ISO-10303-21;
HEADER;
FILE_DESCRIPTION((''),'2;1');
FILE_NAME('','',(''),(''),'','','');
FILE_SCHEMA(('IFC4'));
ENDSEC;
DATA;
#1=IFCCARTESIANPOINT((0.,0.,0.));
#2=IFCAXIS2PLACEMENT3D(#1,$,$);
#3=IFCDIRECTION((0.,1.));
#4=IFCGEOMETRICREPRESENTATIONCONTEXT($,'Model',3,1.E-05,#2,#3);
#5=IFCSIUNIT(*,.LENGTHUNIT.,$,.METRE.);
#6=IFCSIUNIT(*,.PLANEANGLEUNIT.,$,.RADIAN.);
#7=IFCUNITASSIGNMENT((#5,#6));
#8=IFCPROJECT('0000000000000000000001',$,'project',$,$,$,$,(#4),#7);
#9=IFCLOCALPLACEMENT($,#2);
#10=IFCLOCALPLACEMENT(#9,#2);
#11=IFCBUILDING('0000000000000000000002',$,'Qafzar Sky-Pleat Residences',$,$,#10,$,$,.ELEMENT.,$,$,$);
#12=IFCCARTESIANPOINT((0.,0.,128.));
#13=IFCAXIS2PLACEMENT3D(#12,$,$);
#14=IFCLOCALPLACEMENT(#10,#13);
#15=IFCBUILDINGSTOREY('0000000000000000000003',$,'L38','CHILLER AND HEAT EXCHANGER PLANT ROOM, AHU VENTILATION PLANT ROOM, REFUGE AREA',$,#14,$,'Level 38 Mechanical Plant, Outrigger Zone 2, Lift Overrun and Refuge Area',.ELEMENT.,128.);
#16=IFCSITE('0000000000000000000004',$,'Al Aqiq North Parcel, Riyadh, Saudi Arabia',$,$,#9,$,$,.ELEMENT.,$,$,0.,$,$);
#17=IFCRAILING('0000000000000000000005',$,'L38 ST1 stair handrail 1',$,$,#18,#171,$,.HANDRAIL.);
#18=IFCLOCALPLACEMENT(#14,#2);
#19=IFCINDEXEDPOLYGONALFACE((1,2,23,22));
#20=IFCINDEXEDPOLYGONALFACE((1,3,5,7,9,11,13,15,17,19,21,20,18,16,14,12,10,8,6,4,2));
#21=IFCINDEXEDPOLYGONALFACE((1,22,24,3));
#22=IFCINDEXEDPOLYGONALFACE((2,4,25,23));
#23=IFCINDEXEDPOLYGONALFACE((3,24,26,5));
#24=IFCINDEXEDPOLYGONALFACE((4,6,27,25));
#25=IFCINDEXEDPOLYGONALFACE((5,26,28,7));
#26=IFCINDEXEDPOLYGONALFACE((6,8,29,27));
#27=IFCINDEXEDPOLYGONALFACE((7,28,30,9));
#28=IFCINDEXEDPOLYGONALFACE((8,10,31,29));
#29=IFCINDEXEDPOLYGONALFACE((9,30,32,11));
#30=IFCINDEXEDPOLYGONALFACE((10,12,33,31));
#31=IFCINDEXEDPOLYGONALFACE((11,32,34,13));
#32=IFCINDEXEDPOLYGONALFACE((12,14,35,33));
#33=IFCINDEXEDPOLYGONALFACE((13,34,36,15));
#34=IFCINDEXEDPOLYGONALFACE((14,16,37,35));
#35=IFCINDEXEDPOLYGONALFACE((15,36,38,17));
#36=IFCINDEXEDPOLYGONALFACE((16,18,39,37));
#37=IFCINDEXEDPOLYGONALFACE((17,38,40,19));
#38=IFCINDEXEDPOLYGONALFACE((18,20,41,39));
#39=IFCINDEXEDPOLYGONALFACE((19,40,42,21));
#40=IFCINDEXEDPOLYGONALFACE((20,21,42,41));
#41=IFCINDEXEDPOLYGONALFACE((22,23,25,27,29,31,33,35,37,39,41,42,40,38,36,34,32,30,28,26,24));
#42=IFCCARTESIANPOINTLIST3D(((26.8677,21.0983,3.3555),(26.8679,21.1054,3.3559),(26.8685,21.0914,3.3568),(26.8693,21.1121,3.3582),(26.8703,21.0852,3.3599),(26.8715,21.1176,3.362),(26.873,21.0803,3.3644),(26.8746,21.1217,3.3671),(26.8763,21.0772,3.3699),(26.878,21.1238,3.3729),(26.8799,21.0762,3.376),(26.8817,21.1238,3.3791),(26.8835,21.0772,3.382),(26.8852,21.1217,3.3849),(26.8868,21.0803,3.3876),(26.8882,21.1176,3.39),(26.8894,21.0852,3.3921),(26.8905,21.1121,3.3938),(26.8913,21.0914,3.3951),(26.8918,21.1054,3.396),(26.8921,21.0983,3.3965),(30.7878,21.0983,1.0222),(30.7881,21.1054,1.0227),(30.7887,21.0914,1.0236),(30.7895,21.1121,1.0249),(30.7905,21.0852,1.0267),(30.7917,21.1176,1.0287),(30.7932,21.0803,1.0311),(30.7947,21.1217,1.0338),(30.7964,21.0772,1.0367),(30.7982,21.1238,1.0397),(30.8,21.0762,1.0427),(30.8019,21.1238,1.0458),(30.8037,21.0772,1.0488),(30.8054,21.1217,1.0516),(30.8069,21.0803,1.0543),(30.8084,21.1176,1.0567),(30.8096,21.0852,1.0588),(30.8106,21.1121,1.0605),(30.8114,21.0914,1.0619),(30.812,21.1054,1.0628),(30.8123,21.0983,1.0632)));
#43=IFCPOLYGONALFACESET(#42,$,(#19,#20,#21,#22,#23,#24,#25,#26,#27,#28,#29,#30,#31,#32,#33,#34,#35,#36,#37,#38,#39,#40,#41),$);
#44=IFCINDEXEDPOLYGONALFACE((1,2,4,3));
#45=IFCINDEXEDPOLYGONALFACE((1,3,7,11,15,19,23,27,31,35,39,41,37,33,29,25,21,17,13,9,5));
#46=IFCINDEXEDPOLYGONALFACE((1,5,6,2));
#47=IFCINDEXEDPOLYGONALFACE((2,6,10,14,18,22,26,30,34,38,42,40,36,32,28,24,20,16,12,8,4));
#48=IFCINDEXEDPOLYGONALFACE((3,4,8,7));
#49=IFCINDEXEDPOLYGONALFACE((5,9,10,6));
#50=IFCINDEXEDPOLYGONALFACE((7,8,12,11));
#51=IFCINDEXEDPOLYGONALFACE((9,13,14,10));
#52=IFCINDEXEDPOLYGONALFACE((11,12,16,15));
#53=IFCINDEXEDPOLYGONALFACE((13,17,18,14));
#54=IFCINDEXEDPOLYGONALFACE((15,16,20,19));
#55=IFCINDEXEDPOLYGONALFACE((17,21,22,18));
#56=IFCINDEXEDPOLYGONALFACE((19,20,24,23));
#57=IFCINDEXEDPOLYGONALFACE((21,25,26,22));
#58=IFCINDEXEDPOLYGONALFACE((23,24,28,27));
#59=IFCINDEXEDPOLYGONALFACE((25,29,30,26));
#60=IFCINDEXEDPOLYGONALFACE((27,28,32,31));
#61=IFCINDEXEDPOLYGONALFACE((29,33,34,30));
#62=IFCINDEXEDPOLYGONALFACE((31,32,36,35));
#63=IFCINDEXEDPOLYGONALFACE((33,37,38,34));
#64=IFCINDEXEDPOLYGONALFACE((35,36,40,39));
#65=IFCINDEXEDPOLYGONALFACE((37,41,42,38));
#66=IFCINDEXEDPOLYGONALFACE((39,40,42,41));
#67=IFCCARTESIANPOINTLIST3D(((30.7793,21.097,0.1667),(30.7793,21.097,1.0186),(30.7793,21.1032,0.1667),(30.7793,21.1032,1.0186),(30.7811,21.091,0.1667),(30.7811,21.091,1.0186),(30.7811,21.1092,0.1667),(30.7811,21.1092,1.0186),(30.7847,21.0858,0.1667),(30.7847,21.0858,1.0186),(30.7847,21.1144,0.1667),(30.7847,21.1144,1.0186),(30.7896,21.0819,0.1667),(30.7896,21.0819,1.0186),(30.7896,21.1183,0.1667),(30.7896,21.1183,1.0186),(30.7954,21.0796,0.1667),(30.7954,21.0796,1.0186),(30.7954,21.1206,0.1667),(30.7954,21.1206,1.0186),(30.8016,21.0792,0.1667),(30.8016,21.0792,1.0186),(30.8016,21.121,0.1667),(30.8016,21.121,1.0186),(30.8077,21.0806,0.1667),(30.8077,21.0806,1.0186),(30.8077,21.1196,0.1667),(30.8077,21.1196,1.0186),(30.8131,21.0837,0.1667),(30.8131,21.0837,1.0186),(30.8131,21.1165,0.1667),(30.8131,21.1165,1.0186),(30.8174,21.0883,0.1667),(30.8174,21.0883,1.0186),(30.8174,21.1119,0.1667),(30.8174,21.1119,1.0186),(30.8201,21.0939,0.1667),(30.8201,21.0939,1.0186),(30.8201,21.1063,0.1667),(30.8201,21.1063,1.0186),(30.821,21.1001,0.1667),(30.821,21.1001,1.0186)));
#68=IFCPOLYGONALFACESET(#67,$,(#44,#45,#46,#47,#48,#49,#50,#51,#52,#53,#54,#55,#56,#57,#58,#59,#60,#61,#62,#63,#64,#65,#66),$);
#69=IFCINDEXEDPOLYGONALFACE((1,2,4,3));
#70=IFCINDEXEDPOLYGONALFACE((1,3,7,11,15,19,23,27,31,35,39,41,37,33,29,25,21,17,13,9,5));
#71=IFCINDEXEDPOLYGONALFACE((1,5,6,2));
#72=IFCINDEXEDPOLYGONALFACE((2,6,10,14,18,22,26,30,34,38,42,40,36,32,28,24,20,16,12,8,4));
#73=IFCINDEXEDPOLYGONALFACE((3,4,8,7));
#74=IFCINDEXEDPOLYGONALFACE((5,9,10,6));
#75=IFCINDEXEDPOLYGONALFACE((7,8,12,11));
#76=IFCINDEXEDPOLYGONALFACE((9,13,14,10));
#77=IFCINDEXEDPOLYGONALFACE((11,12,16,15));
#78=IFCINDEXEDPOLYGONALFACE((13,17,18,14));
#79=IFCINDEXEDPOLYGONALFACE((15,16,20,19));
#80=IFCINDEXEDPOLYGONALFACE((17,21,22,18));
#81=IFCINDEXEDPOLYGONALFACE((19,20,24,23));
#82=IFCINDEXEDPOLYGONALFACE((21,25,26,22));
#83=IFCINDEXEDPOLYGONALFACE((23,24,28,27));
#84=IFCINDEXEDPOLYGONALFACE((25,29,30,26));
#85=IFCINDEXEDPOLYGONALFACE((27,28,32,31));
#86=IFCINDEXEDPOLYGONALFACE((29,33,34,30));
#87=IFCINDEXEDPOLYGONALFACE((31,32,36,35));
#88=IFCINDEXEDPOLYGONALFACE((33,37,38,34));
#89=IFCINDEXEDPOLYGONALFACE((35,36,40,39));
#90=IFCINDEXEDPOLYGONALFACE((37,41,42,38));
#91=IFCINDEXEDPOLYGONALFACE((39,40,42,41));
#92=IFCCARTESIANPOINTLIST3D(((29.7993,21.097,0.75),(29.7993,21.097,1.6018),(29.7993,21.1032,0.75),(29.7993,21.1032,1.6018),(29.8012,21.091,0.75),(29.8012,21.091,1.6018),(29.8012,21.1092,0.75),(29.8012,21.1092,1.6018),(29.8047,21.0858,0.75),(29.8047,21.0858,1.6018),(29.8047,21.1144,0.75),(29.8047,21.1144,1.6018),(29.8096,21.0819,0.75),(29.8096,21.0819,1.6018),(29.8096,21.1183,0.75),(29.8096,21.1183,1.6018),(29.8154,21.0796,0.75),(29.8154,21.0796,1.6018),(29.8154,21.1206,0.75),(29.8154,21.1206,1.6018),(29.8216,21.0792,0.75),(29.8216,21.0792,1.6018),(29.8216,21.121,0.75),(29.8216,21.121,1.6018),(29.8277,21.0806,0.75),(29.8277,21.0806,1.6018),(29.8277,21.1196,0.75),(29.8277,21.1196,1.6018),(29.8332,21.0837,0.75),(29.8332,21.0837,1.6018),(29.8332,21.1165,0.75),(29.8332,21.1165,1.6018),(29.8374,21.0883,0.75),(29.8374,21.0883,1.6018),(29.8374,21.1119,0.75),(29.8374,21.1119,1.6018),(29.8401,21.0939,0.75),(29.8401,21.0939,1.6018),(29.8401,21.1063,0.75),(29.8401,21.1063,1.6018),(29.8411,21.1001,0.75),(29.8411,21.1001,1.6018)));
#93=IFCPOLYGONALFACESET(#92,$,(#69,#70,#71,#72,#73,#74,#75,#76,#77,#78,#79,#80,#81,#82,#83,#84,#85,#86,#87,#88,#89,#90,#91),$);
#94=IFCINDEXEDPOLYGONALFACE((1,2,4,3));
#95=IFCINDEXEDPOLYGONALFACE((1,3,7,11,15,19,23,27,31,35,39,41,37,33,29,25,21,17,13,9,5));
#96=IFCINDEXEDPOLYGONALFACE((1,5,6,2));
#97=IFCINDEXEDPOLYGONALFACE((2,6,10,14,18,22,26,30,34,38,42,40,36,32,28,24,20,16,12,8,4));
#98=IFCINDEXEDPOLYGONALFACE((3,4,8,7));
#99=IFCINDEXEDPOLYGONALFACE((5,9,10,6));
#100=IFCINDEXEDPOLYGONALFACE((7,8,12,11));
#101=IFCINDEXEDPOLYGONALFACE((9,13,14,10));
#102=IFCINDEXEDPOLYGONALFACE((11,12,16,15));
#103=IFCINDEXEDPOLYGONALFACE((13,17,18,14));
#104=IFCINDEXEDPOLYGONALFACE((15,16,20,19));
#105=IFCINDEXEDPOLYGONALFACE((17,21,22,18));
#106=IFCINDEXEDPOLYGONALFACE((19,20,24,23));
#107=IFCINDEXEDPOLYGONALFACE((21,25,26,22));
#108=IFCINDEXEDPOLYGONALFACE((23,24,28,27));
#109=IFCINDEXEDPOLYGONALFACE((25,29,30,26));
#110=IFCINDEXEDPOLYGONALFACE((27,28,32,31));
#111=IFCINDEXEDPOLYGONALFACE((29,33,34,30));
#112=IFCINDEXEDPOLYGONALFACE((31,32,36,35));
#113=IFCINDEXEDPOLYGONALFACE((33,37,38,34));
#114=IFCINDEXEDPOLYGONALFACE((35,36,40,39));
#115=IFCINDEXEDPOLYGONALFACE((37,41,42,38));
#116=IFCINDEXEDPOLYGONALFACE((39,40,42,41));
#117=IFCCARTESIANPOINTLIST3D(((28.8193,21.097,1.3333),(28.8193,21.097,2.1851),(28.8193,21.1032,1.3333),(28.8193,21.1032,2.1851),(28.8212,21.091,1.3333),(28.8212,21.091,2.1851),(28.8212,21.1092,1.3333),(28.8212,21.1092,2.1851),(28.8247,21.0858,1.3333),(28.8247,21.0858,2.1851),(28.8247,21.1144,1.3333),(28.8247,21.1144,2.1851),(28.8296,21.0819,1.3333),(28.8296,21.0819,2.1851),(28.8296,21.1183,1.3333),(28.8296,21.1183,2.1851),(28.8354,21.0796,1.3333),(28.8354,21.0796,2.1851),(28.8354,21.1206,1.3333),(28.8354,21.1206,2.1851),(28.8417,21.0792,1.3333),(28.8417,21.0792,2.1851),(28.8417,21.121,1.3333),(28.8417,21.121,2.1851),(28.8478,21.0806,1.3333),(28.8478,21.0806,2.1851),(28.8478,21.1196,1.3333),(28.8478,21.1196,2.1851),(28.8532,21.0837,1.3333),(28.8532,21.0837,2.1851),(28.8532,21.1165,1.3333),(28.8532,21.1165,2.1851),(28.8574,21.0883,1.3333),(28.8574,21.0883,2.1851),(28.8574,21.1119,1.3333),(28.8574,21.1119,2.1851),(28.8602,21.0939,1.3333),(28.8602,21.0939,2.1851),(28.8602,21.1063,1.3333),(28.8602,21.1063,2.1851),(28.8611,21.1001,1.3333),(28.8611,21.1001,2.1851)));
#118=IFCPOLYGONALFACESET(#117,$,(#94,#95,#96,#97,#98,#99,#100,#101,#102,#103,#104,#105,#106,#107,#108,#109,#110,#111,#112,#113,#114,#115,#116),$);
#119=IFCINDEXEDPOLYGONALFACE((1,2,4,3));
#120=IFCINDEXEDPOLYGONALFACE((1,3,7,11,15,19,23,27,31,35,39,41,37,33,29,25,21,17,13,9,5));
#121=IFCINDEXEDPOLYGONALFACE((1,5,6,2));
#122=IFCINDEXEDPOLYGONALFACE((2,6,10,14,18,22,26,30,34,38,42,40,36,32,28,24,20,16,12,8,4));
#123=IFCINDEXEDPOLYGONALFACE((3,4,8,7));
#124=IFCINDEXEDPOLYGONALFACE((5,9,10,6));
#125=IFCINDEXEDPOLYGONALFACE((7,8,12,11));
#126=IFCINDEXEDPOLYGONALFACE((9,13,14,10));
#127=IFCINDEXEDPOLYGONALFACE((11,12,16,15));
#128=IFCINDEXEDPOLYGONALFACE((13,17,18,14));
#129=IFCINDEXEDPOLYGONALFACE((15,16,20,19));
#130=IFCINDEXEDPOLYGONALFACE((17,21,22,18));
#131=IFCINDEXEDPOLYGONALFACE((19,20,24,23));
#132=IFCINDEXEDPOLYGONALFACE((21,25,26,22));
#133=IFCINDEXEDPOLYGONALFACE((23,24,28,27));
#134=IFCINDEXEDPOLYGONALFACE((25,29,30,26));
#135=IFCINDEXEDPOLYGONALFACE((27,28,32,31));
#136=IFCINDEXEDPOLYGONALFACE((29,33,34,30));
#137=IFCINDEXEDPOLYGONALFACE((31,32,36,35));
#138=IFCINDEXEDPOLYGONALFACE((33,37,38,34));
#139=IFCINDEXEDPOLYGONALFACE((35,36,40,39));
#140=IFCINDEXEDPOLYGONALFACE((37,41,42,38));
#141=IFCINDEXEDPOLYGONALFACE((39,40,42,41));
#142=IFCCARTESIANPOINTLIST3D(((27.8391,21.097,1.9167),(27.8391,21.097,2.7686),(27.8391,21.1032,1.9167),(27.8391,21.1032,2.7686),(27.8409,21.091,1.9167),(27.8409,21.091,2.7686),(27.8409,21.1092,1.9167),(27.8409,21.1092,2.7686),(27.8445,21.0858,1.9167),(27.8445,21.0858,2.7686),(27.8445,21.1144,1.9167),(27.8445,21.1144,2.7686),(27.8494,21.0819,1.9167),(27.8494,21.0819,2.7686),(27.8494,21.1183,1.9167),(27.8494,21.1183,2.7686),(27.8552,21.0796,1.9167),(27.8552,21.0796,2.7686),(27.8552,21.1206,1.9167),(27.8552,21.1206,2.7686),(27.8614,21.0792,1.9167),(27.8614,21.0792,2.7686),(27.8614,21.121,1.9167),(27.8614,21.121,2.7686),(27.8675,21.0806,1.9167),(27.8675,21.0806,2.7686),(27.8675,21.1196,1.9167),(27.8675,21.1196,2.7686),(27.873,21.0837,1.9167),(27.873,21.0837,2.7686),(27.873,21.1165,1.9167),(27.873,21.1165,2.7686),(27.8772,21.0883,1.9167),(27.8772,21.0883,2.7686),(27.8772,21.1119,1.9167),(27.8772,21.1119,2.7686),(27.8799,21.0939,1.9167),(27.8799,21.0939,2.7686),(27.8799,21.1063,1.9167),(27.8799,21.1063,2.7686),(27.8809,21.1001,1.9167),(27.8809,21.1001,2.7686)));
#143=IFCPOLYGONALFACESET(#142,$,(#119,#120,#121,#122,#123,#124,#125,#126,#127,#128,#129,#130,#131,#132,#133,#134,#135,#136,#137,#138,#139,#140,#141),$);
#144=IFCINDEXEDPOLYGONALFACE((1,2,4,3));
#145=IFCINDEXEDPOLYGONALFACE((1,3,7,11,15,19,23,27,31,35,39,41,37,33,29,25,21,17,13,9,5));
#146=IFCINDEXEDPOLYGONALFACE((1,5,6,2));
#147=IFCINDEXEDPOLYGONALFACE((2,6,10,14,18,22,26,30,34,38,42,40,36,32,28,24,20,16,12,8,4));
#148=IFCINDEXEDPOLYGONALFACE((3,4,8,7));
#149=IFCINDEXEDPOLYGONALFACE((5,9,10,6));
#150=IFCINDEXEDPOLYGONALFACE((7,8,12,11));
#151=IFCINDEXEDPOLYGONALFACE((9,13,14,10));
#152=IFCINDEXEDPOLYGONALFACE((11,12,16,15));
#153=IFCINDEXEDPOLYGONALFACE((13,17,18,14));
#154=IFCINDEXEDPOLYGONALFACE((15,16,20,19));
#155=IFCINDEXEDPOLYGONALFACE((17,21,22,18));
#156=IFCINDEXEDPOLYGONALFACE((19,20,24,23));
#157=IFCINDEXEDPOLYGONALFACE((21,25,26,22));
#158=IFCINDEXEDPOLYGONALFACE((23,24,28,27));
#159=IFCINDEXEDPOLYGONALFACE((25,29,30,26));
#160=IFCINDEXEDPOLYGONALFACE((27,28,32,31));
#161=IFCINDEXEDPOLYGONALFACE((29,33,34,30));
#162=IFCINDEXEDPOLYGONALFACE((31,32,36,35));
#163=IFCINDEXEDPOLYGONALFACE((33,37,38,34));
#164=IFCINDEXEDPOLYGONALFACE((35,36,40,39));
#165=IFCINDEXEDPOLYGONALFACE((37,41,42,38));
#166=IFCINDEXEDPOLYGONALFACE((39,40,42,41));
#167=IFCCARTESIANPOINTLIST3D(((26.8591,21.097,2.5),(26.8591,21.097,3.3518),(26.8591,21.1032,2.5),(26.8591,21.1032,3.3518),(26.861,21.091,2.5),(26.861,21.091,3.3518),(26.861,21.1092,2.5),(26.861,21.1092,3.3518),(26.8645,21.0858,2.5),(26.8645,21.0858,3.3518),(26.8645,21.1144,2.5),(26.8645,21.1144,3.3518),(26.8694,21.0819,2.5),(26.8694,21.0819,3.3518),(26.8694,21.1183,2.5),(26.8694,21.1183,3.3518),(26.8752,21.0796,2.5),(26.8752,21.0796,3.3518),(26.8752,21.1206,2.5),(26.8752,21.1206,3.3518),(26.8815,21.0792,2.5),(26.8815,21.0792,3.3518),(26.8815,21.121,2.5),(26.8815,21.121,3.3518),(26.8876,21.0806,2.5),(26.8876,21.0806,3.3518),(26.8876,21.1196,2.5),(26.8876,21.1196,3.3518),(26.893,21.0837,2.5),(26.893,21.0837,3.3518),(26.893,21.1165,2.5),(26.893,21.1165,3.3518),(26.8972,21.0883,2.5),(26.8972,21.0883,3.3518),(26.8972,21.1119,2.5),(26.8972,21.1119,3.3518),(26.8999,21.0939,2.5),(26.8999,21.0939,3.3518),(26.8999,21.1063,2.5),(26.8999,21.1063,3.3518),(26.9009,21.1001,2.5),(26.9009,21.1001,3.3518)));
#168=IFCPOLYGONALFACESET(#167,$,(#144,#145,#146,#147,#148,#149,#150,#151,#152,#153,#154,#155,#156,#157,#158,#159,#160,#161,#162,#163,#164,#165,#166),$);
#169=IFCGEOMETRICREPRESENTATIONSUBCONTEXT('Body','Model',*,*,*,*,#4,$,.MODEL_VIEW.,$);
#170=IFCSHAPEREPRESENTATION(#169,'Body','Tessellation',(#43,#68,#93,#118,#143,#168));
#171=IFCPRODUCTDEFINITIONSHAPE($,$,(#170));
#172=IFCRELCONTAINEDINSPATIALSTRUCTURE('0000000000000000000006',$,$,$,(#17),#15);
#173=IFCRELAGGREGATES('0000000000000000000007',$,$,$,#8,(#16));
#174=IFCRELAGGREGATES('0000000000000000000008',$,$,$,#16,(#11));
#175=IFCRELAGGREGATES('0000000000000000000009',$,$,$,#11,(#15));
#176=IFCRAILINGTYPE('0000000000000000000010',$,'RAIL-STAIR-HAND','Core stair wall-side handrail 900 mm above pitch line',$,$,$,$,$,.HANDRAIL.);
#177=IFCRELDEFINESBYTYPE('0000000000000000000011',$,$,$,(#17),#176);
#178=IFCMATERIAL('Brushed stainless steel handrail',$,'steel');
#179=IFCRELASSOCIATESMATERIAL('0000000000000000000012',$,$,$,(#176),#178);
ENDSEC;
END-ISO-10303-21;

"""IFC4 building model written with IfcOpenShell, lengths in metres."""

from ifc_helpers import new_model, si_unit, direction, frame, origin, origin_2d, place, context, subcontext, project, spatial, circle, extrude, source, transform, mapped, material, type_object, element, save


model = new_model("IFC4")

# Units and contexts
model_context = context("Model", 3, precision=1e-05, world=origin(), true_north=direction((0.0, 1.0)))
body_context = subcontext(model_context, "Body", "Model", "MODEL_VIEW")
ifc_project = project(units=[si_unit("LENGTHUNIT", "METRE"), si_unit("PLANEANGLEUNIT", "RADIAN")], contexts=[model_context])

# Site, building, storey
site_placement = place(None, origin())
site = spatial("IfcSite", under=ifc_project, at=site_placement, Name="Al Aqiq North Parcel, Riyadh, Saudi Arabia", CompositionType="ELEMENT", RefElevation=0.0)
building_placement = place(site_placement, origin())
building = spatial("IfcBuilding", under=site, at=building_placement, Name="Qafzar Sky-Pleat Residences", CompositionType="ELEMENT")
storey_placement = place(building_placement, frame((0.0, 0.0, 128.0)))
storey = spatial("IfcBuildingStorey", under=building, at=storey_placement, Name="L38", Description="CHILLER AND HEAT EXCHANGER PLANT ROOM, AHU VENTILATION PLANT ROOM, REFUGE AREA", LongName="Level 38 Mechanical Plant, Outrigger Zone 2, Lift Overrun and Refuge Area", CompositionType="ELEMENT", Elevation=128.0)

# Railing
ifc_material_1 = material(Name="Brushed stainless steel handrail", Category="steel")
railing_type_1 = type_object("IfcRailingType", Name="RAIL-STAIR-HAND", Description="Core stair wall-side handrail 900 mm above pitch line", PredefinedType="HANDRAIL", material=ifc_material_1)
shared_shape_1 = source(origin(), body_context, "Body", "SweptSolid", [
    extrude(circle(Radius=0.0239, at=origin_2d()), frame((0.0, 0.0, 0.876), z_axis=(-0.85931, 0.0, 0.511455), x_axis=(0.0, -1.0, 0.0)), (0.0, 0.0, 1.0), 4.562),
    extrude(circle(Radius=0.021, at=origin_2d()), origin(), (0.0, 0.0, 1.0), 0.8518),
    extrude(circle(Radius=0.021, at=origin_2d()), frame((-0.98, 0.0, 0.5833)), (0.0, 0.0, 1.0), 0.8518),
    extrude(circle(Radius=0.021, at=origin_2d()), frame((-1.96, 0.0, 1.1665)), (0.0, 0.0, 1.0), 0.8518),
    extrude(circle(Radius=0.021, at=origin_2d()), frame((-2.9402, 0.0, 1.75)), (0.0, 0.0, 1.0), 0.8518),
    extrude(circle(Radius=0.021, at=origin_2d()), frame((-3.9202, 0.0, 2.3333)), (0.0, 0.0, 1.0), 0.8518),
])
railing_1_placement = place(storey_placement, frame((30.8, 21.1001, 0.1667)))
element("IfcRailing", 1, at=railing_1_placement, inside=storey, type_object=railing_type_1, Name="L38 ST1 stair handrail 1", PredefinedType="HANDRAIL", context=body_context, shape_type="MappedRepresentation", body=[
    mapped(shared_shape_1, transform((0.0, 0.0, 0.0), x_axis=(1.0, 0.0, 0.0), y_axis=(0.0, 1.0, 0.0), z_axis=(0.0, 0.0, 1.0), scale=1.0)),
])

save(model, "model.ifc")
